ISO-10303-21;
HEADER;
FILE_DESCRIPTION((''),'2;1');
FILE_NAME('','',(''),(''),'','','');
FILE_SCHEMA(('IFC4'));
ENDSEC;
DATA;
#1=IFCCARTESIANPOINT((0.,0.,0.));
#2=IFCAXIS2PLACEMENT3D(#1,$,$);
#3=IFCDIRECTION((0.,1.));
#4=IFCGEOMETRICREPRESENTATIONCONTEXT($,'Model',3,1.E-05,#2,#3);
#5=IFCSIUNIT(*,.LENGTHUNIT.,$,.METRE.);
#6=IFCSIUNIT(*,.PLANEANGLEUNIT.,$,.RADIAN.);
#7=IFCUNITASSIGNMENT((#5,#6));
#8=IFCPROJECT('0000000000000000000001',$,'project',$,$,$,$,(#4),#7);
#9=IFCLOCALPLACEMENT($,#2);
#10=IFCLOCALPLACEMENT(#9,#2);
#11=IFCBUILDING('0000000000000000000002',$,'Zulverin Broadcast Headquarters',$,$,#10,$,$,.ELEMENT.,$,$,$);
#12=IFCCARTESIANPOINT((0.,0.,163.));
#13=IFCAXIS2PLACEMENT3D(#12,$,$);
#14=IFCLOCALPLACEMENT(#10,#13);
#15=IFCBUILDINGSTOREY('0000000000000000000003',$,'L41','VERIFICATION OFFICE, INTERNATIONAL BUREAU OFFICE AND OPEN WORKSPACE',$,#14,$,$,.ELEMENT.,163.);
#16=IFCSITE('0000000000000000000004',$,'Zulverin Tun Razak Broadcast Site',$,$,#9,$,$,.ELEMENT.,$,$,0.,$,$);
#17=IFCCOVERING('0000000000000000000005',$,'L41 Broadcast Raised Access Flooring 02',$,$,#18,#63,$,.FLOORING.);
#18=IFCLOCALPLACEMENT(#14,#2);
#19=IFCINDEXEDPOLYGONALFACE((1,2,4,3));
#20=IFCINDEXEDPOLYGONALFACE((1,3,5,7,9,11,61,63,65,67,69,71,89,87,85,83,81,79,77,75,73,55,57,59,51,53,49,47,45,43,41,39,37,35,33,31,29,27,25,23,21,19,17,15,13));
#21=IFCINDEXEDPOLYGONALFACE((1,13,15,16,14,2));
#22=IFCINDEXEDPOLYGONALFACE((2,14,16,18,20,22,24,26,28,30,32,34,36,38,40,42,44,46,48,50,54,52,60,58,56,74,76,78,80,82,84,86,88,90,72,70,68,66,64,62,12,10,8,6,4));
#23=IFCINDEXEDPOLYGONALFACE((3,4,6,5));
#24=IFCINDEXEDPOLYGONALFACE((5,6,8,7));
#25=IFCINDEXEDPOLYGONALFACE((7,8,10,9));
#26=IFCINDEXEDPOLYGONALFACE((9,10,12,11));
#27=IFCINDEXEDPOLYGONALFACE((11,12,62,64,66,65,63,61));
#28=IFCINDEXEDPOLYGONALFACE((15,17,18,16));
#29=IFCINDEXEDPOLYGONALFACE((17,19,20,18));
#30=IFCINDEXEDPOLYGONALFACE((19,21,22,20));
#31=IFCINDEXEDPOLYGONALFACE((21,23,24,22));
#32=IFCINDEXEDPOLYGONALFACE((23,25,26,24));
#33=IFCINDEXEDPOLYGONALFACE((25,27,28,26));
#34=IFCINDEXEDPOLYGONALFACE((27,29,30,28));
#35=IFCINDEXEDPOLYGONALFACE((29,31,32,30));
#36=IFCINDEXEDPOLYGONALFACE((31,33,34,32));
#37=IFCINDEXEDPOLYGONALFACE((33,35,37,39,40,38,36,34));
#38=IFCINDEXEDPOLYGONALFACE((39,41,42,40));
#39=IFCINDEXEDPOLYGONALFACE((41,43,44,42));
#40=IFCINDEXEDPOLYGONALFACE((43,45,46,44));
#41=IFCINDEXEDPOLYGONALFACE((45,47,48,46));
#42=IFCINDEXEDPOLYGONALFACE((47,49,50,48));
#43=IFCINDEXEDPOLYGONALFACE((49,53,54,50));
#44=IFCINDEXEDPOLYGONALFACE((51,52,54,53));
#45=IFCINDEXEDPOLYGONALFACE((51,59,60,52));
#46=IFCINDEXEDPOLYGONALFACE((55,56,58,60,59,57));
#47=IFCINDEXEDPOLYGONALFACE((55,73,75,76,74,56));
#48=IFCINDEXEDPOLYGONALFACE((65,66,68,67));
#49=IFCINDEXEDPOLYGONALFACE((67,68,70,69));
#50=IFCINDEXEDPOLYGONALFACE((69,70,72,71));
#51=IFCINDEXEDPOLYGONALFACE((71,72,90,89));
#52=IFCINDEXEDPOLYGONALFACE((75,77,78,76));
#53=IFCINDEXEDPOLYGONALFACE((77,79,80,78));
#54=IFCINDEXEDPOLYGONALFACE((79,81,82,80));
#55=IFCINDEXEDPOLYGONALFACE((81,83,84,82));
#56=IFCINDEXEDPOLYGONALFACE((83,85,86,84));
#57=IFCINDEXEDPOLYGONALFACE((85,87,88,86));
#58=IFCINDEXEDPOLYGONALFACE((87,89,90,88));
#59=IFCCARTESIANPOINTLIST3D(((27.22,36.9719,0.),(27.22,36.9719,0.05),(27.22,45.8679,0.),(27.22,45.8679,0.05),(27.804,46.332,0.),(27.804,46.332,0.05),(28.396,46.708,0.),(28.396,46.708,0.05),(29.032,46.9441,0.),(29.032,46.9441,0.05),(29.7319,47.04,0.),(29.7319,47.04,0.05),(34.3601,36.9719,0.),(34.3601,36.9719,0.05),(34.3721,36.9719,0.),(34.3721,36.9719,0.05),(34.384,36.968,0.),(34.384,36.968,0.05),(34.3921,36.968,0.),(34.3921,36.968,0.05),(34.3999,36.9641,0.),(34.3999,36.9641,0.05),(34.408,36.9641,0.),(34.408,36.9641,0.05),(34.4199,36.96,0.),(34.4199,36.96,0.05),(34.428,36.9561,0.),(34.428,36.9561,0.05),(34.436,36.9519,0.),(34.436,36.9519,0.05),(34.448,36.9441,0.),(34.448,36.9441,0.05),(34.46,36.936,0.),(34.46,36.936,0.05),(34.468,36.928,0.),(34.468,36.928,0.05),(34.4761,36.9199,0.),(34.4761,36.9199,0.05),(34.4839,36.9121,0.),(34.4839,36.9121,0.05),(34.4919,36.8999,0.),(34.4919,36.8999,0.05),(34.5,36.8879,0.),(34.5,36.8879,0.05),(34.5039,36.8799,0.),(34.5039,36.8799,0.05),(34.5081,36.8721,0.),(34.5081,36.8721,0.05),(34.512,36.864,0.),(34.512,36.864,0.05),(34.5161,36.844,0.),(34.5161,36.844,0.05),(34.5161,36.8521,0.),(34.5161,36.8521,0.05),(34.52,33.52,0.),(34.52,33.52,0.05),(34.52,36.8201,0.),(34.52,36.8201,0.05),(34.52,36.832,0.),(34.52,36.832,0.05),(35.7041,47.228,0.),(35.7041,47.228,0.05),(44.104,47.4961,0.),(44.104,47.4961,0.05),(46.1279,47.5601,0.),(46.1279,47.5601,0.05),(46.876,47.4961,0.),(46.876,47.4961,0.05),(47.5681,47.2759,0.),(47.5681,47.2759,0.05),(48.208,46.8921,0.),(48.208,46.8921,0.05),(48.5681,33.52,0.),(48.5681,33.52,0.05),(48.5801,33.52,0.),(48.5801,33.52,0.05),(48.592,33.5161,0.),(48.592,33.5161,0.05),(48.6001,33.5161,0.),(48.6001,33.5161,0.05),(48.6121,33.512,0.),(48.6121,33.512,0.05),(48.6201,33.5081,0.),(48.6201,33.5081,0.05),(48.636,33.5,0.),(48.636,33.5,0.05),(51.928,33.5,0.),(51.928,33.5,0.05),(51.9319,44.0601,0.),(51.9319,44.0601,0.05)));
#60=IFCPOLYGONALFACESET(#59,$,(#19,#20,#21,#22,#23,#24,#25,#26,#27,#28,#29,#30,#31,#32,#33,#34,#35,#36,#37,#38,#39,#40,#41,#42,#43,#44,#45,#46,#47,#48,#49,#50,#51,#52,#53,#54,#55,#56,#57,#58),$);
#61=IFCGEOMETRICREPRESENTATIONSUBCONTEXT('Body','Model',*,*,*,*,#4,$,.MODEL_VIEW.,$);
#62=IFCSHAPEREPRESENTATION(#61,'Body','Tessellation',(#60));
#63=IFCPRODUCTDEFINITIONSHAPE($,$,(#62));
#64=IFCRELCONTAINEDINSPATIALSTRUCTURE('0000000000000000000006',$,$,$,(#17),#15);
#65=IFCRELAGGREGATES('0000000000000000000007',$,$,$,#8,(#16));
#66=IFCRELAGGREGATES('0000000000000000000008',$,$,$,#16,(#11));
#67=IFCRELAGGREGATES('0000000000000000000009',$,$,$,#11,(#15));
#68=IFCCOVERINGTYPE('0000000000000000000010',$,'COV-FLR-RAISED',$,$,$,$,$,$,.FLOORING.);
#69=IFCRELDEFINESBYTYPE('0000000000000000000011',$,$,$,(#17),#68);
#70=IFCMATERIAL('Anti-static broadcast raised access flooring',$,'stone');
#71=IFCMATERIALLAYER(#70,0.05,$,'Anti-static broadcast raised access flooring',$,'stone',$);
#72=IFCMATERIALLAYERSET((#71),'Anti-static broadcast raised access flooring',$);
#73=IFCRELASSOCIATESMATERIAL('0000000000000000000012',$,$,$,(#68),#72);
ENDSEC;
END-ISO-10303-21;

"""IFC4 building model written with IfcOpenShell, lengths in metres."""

from ifc_helpers import new_model, si_unit, direction, frame, origin, place, context, subcontext, project, spatial, polyline, outline, extrude, material, layer, layer_set, type_object, element, save


model = new_model("IFC4")

# Units and contexts
model_context = context("Model", 3, precision=1e-05, world=origin(), true_north=direction((0.0, 1.0)))
body_context = subcontext(model_context, "Body", "Model", "MODEL_VIEW")
ifc_project = project(units=[si_unit("LENGTHUNIT", "METRE"), si_unit("PLANEANGLEUNIT", "RADIAN")], contexts=[model_context])

# Site, building, storey
site_placement = place(None, origin())
site = spatial("IfcSite", under=ifc_project, at=site_placement, Name="Zulverin Tun Razak Broadcast Site", CompositionType="ELEMENT", RefElevation=0.0)
building_placement = place(site_placement, origin())
building = spatial("IfcBuilding", under=site, at=building_placement, Name="Zulverin Broadcast Headquarters", CompositionType="ELEMENT")
storey_placement = place(building_placement, frame((0.0, 0.0, 163.0)))
storey = spatial("IfcBuildingStorey", under=building, at=storey_placement, Name="L41", Description="VERIFICATION OFFICE, INTERNATIONAL BUREAU OFFICE AND OPEN WORKSPACE", CompositionType="ELEMENT", Elevation=163.0)

# Covering
ifc_material_1 = material(Name="Anti-static broadcast raised access flooring", Category="stone")
ifc_layer_1 = layer(ifc_material_1, 0.05, Name="Anti-static broadcast raised access flooring", Category="stone")
ifc_layer_set_1 = layer_set([ifc_layer_1], Name="Anti-static broadcast raised access flooring")
covering_type_1 = type_object("IfcCoveringType", Name="COV-FLR-RAISED", PredefinedType="FLOORING", material=ifc_layer_set_1)
covering_1_placement = place(storey_placement, origin())
element("IfcCovering", 1, at=covering_1_placement, inside=storey, type_object=covering_type_1, Name="L41 Broadcast Raised Access Flooring 02", PredefinedType="FLOORING", context=body_context, shape_type="SweptSolid", body=[
    extrude(outline(polyline([(29.032, 46.9441), (28.396, 46.708), (27.804, 46.332), (27.22, 45.8679), (27.22, 36.9719), (34.3601, 36.9719), (34.3721, 36.9719), (34.384, 36.968), (34.3921, 36.968), (34.3999, 36.9641), (34.408, 36.9641), (34.4199, 36.96), (34.428, 36.9561), (34.436, 36.9519), (34.448, 36.9441), (34.46, 36.936), (34.468, 36.928), (34.4761, 36.9199), (34.4839, 36.9121), (34.4919, 36.8999), (34.5, 36.8879), (34.5039, 36.8799), (34.5081, 36.8721), (34.512, 36.864), (34.5161, 36.8521), (34.5161, 36.844), (34.52, 36.832), (34.52, 36.8201), (34.52, 33.52), (48.5681, 33.52), (48.5801, 33.52), (48.592, 33.5161), (48.6001, 33.5161), (48.6121, 33.512), (48.6201, 33.5081), (48.636, 33.5), (51.928, 33.5), (51.9319, 44.0601), (48.208, 46.8921), (47.5681, 47.2759), (46.876, 47.4961), (46.1279, 47.5601), (44.104, 47.4961), (35.7041, 47.228), (29.7319, 47.04), (29.032, 46.9441)])), origin(), (0.0, 0.0, 1.0), 0.05),
])

save(model, "model.ifc")
